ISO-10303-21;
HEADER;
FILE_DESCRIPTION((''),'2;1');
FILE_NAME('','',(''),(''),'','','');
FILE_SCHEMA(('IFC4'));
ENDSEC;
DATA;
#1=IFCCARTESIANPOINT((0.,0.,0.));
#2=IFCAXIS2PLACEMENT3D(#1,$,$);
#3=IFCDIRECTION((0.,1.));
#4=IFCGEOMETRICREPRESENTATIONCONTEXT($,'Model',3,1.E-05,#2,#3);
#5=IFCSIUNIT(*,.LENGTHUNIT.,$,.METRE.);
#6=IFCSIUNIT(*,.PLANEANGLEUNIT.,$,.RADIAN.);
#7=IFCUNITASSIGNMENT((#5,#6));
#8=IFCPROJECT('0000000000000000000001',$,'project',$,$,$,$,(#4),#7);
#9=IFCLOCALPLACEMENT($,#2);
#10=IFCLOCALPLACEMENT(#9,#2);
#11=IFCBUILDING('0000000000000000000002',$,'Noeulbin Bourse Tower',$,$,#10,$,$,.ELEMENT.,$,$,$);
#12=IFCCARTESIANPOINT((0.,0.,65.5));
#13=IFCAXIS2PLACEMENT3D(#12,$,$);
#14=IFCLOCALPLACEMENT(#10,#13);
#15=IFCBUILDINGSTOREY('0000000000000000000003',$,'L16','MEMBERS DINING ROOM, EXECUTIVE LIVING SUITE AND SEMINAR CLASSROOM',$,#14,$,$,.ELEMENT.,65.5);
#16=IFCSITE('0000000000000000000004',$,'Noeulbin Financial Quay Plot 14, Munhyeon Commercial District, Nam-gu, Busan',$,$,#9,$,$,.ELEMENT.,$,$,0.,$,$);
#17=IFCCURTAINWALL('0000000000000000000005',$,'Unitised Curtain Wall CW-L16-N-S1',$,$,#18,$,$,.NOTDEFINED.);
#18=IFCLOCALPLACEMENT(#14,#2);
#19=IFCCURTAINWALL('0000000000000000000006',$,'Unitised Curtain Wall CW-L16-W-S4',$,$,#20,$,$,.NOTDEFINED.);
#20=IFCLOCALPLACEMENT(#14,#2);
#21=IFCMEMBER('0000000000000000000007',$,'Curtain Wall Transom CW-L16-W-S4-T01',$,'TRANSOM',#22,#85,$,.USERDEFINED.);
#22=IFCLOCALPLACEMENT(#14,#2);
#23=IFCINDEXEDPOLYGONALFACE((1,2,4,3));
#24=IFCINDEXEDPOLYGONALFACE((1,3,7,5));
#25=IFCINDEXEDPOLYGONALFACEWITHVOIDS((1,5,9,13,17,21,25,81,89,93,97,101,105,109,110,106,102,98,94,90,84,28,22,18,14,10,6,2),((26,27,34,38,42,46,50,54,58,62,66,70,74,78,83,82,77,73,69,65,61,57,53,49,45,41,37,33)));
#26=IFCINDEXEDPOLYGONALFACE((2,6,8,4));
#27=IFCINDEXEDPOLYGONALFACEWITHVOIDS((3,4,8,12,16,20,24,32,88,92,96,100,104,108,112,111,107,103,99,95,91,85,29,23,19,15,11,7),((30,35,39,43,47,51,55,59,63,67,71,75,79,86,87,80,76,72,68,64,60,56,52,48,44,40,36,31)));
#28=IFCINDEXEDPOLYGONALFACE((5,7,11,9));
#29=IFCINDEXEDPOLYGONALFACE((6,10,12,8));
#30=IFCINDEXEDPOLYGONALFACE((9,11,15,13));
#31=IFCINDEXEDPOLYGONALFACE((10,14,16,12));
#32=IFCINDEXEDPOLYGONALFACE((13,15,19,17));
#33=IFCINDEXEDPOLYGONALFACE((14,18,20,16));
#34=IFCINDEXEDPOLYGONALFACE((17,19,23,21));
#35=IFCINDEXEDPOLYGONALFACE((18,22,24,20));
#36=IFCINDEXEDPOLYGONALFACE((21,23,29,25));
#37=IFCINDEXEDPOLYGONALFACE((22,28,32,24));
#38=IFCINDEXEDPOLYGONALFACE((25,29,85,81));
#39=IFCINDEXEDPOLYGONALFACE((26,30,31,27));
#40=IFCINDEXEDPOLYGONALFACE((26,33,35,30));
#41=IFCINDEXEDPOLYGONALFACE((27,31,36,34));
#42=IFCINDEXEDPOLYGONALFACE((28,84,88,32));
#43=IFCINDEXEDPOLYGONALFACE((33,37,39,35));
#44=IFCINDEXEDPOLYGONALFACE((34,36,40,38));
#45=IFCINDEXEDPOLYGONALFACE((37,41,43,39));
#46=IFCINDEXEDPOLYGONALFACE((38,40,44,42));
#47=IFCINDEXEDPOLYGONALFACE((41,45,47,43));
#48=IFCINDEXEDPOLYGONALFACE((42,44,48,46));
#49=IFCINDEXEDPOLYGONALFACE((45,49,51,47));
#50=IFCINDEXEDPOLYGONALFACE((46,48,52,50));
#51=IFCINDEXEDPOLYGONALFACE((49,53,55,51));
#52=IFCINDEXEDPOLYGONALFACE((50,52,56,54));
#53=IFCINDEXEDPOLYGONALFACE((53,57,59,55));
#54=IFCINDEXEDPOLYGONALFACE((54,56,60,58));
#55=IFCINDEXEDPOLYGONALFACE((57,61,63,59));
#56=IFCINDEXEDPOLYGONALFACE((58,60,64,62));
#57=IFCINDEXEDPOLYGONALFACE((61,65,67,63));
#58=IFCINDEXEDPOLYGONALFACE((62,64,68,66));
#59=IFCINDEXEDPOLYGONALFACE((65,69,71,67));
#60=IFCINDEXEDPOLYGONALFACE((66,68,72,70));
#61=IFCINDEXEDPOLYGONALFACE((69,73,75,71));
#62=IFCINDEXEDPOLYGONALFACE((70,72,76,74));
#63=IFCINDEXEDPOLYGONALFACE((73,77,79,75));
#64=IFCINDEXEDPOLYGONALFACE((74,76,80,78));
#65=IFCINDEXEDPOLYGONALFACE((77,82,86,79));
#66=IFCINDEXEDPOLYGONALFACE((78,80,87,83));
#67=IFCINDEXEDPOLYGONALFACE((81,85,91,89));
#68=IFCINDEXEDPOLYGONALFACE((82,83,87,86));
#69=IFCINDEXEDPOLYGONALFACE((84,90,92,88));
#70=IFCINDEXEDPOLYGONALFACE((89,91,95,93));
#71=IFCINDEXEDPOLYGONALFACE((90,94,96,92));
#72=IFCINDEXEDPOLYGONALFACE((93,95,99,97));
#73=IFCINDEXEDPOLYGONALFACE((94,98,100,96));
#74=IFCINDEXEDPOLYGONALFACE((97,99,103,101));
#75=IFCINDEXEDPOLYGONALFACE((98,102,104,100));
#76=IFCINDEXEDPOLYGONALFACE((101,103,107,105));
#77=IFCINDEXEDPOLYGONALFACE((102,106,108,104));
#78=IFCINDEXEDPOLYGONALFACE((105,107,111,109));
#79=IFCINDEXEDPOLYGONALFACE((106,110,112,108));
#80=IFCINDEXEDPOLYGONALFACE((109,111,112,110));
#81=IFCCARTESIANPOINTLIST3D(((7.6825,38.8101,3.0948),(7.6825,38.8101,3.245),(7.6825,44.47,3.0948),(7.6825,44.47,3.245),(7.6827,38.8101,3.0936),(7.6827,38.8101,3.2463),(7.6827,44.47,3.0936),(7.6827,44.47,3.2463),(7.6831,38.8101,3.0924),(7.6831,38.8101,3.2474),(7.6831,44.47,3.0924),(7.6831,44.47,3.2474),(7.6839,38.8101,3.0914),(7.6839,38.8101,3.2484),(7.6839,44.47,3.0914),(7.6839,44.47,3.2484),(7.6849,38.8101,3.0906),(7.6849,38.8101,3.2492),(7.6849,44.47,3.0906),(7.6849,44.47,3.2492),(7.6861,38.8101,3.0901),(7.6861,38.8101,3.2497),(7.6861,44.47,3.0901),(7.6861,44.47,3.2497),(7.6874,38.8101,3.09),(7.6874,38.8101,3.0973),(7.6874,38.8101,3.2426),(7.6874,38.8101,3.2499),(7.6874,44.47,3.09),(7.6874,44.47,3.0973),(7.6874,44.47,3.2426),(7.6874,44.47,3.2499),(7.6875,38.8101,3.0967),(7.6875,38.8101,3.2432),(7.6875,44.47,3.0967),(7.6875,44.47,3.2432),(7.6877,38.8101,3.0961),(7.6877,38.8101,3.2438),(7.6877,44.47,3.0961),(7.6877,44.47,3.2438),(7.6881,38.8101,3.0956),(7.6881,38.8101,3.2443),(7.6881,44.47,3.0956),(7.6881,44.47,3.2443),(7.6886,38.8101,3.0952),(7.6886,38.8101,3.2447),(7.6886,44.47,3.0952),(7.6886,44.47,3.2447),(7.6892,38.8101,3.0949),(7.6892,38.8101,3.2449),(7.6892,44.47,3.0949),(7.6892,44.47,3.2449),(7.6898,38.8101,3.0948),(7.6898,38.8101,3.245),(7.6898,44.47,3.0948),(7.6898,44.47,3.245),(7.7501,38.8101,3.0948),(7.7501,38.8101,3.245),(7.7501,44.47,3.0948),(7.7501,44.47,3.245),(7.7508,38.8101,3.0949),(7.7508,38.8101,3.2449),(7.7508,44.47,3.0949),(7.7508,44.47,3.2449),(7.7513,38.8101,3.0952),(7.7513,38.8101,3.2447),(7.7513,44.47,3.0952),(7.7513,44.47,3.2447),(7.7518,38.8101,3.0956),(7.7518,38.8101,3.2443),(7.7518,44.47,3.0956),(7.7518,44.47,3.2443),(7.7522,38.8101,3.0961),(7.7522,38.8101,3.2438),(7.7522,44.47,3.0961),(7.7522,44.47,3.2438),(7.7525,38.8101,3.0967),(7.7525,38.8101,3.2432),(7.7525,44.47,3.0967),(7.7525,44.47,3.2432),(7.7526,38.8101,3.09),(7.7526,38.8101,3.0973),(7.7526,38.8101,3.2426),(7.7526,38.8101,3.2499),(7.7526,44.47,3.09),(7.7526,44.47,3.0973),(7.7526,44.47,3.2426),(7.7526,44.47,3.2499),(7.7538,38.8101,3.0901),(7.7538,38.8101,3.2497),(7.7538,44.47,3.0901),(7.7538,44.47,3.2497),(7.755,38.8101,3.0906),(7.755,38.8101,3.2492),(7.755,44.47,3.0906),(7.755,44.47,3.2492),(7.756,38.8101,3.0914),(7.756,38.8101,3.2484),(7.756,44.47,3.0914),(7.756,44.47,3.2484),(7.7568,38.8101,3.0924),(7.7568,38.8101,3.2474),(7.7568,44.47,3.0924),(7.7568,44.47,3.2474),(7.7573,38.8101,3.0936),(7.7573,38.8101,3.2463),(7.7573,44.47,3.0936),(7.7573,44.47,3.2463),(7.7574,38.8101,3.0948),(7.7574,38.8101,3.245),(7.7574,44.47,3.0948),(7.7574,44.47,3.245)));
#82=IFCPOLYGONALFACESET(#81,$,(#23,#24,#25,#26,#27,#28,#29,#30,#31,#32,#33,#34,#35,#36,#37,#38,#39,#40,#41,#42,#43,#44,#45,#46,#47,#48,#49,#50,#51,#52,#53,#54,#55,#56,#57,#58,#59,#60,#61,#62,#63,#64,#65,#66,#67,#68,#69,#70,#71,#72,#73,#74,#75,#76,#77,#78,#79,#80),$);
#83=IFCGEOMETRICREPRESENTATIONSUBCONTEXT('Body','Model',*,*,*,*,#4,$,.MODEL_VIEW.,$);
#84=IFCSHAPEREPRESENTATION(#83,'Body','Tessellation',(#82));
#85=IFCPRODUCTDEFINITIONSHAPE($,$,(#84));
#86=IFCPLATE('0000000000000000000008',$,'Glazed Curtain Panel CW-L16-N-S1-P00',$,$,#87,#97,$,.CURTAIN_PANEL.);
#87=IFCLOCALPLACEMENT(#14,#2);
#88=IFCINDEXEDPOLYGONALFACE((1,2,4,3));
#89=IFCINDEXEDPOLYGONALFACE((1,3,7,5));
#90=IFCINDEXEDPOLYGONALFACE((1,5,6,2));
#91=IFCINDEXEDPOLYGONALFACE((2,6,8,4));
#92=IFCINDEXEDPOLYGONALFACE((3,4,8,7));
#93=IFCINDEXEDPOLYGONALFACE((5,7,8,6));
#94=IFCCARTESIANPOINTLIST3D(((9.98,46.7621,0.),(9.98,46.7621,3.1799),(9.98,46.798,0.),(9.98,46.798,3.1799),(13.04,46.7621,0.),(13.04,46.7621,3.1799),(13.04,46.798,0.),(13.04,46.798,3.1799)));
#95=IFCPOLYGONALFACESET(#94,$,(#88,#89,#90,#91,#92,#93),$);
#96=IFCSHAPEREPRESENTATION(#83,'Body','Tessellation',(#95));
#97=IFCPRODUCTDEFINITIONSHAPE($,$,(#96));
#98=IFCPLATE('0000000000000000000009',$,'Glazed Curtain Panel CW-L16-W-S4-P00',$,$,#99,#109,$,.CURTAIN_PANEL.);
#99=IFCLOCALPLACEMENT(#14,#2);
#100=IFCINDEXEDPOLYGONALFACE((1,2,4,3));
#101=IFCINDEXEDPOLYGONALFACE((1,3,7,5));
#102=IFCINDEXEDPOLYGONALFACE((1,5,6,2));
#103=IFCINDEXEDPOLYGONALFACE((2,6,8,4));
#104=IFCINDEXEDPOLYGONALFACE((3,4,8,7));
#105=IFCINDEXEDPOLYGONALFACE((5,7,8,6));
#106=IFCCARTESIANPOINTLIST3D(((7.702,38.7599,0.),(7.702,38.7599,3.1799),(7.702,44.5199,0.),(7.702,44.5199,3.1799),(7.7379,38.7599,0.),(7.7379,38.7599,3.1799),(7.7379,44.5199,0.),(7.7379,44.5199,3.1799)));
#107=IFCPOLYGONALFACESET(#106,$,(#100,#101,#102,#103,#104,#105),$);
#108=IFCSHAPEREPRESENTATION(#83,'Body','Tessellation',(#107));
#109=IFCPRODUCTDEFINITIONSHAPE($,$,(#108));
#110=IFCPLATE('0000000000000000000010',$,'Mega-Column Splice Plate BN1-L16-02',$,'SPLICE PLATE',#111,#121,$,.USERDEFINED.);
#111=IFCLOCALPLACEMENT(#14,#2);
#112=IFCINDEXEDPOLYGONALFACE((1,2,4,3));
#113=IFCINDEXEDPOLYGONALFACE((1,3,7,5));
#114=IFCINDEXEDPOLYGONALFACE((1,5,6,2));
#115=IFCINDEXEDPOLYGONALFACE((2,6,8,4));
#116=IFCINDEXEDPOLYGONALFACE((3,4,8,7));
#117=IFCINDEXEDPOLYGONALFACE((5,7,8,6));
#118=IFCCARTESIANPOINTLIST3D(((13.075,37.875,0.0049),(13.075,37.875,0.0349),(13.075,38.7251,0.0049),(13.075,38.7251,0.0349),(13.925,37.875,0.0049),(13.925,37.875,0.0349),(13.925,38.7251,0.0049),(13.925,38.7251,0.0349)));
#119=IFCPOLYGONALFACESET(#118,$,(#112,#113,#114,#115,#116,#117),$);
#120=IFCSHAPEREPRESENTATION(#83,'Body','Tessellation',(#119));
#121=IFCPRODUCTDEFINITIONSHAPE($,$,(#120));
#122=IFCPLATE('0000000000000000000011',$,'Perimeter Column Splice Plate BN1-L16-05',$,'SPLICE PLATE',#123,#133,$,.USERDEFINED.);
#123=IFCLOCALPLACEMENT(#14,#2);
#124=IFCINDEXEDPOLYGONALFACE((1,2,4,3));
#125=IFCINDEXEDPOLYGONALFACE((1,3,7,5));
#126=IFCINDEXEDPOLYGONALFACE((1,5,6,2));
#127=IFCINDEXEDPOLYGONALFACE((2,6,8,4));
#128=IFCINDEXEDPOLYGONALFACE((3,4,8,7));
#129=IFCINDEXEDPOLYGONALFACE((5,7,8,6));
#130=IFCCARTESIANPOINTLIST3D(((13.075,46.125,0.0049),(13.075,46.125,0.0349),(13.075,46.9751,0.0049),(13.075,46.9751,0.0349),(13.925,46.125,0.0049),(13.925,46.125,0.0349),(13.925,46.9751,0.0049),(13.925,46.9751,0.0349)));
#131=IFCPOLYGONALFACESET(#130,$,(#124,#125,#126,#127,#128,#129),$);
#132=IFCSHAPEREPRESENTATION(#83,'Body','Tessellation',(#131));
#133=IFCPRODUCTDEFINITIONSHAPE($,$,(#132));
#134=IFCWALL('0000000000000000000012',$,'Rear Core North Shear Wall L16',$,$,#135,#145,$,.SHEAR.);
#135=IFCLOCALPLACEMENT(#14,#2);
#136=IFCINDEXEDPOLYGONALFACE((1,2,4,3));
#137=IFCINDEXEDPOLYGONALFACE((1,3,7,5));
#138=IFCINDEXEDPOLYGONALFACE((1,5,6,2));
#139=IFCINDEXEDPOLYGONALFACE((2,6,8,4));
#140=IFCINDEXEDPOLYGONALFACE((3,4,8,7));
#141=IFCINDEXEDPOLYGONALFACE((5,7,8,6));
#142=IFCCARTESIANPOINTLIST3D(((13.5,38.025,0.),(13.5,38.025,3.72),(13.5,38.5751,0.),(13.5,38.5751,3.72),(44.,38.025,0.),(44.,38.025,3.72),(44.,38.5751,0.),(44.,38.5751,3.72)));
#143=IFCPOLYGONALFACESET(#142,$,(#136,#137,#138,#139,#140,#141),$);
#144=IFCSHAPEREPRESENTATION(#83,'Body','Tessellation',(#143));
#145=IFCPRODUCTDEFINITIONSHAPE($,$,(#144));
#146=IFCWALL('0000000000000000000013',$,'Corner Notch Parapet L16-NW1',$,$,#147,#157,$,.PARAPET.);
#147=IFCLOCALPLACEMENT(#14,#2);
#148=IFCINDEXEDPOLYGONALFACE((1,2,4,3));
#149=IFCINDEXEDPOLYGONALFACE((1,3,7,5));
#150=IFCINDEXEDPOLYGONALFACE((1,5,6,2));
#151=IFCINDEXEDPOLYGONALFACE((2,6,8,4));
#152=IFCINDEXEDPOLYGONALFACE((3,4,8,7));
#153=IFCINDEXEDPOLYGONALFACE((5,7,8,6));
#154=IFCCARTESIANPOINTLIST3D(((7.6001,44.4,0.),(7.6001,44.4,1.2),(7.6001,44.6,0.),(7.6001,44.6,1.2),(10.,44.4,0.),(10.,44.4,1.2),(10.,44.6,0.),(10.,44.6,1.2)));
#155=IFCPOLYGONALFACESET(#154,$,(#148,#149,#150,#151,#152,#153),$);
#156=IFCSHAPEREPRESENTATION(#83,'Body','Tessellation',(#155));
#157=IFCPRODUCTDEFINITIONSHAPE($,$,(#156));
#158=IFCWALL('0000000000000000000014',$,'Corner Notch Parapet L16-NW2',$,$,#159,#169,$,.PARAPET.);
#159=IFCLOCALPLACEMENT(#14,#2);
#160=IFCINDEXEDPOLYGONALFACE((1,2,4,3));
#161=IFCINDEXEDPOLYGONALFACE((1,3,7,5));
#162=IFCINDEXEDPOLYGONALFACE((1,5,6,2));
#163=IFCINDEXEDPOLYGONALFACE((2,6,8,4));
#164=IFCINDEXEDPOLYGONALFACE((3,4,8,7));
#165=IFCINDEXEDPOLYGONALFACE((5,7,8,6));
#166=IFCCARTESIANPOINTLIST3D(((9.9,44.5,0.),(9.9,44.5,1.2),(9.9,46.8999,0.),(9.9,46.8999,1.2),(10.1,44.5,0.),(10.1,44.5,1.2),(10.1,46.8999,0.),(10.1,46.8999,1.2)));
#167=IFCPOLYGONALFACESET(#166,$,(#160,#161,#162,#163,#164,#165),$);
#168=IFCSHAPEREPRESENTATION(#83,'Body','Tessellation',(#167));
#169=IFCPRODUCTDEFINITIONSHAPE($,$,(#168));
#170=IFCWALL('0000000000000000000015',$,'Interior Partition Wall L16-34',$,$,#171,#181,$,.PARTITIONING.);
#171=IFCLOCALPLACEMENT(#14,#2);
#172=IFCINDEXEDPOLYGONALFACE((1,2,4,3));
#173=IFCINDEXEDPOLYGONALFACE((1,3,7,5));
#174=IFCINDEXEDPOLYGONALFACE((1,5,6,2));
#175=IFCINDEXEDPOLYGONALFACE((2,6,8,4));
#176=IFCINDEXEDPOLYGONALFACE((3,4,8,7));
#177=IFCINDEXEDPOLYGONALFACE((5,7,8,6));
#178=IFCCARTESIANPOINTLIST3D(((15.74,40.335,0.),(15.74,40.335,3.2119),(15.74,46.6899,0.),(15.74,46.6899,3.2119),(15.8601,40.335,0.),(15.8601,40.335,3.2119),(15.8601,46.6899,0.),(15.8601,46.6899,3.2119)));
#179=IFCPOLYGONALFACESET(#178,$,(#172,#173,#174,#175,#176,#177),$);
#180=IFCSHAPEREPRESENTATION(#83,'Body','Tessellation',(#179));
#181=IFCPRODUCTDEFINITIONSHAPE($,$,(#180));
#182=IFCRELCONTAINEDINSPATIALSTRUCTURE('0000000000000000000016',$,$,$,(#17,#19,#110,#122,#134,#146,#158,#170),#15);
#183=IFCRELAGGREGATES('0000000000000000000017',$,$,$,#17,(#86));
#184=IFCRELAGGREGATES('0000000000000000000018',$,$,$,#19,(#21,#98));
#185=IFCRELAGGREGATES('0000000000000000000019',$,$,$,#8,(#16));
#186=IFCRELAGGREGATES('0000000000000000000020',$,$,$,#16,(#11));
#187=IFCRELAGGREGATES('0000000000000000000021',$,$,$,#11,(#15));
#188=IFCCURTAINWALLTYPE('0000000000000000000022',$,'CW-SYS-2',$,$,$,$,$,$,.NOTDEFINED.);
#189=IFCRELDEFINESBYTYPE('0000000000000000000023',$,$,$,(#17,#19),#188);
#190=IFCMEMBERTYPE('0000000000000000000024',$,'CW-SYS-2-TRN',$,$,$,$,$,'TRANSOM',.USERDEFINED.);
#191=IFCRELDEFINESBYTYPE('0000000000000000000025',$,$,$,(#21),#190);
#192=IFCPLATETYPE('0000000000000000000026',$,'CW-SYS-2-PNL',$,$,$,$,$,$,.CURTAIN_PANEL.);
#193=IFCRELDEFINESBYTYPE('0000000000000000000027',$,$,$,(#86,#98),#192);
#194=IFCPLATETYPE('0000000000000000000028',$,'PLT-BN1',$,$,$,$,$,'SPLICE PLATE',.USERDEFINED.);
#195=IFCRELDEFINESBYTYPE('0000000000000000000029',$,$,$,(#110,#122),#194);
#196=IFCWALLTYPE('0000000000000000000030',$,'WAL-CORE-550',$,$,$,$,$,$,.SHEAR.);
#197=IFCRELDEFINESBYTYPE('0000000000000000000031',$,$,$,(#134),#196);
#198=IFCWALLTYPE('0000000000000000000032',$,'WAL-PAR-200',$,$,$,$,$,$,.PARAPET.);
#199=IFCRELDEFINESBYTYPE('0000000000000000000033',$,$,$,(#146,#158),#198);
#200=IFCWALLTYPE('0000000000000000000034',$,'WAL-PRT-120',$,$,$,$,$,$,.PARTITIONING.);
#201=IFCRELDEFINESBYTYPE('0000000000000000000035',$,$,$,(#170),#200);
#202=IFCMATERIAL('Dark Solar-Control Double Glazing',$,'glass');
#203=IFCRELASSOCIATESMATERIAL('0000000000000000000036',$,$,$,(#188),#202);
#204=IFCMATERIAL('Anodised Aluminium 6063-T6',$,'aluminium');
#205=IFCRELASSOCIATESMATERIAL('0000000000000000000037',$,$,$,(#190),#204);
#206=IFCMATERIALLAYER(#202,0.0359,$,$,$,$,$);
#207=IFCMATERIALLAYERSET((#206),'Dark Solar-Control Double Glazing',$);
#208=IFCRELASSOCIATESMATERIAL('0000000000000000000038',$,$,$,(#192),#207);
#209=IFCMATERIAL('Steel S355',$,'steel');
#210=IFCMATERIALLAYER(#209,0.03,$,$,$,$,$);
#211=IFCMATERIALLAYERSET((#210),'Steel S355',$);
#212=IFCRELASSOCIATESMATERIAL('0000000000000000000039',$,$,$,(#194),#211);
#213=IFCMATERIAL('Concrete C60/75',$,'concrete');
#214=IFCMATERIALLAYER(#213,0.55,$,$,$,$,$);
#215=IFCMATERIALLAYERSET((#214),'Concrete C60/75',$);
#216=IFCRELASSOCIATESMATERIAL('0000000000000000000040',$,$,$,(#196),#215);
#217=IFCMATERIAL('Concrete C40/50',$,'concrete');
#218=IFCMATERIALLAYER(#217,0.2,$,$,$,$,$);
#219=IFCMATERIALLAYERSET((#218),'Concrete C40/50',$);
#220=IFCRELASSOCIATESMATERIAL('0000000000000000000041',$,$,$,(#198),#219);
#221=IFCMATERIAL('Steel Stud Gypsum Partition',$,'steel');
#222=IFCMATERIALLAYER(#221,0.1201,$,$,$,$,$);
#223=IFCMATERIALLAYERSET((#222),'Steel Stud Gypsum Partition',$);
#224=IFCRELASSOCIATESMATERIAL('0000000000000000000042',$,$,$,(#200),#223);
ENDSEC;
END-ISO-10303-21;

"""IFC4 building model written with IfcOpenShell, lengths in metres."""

from ifc_helpers import new_model, si_unit, direction, frame, frame_2d, origin, origin_2d, place, context, subcontext, project, spatial, rectangle, hollow_rectangle, extrude, material, layer, layer_set, material_profile, profile_set, type_object, element, aggregate, save


model = new_model("IFC4")

# Units and contexts
model_context = context("Model", 3, precision=1e-05, world=origin(), true_north=direction((0.0, 1.0)))
body_context = subcontext(model_context, "Body", "Model", "MODEL_VIEW")
ifc_project = project(units=[si_unit("LENGTHUNIT", "METRE"), si_unit("PLANEANGLEUNIT", "RADIAN")], contexts=[model_context])

# Site, building, storey
site_placement = place(None, origin())
site = spatial("IfcSite", under=ifc_project, at=site_placement, Name="Noeulbin Financial Quay Plot 14, Munhyeon Commercial District, Nam-gu, Busan", CompositionType="ELEMENT", RefElevation=0.0)
building_placement = place(site_placement, origin())
building = spatial("IfcBuilding", under=site, at=building_placement, Name="Noeulbin Bourse Tower", CompositionType="ELEMENT")
storey_placement = place(building_placement, frame((0.0, 0.0, 65.5)))
storey = spatial("IfcBuildingStorey", under=building, at=storey_placement, Name="L16", Description="MEMBERS DINING ROOM, EXECUTIVE LIVING SUITE AND SEMINAR CLASSROOM", CompositionType="ELEMENT", Elevation=65.5)

# Shared definitions
ifc_material_1 = material(Name="Steel S355", Category="steel")

# Curtain wall
ifc_material_2 = material(Name="Dark Solar-Control Double Glazing", Category="glass")
curtain_wall_type = type_object("IfcCurtainWallType", Name="CW-SYS-2", PredefinedType="NOTDEFINED", material=ifc_material_2)
curtain_wall_1_placement = place(storey_placement, origin())
curtain_wall_1 = element("IfcCurtainWall", 1, at=curtain_wall_1_placement, inside=storey, type_object=curtain_wall_type, Name="Unitised Curtain Wall CW-L16-N-S1", PredefinedType="NOTDEFINED")
ifc_material_3 = material(Name="Anodised Aluminium 6063-T6", Category="aluminium")

# Curtain wall
curtain_wall_2_placement = place(storey_placement, origin())
curtain_wall_2 = element("IfcCurtainWall", 2, at=curtain_wall_2_placement, inside=storey, type_object=curtain_wall_type, Name="Unitised Curtain Wall CW-L16-W-S4", PredefinedType="NOTDEFINED")

# Member
ifc_material_profile_1 = material_profile(ifc_material_3, hollow_rectangle(XDim=0.075, YDim=0.1599, WallThickness=0.0049, InnerFilletRadius=0.0024, OuterFilletRadius=0.0049, at=origin_2d()), Name="ALU-TRAN-75x160x5", Category="LoadBearing")
ifc_profile_set_1 = profile_set([ifc_material_profile_1], Name="Anodised Aluminium 6063-T6")
member_type_1 = type_object("IfcMemberType", Name="CW-SYS-2-TRN", ElementType="TRANSOM", PredefinedType="USERDEFINED", material=ifc_profile_set_1)
member_1_placement = place(storey_placement, frame((7.72, 38.8101, 3.1699), z_axis=(0.0, 1.0, 0.0), x_axis=(-1.0, 0.0, 0.0)))
member_1 = element("IfcMember", 3, at=member_1_placement, type_object=member_type_1, Name="Curtain Wall Transom CW-L16-W-S4-T01", ObjectType="TRANSOM", PredefinedType="USERDEFINED", context=body_context, shape_type="SweptSolid", body=[
    extrude(hollow_rectangle(XDim=0.075, YDim=0.1599, WallThickness=0.0049, InnerFilletRadius=0.0024, OuterFilletRadius=0.0049, at=origin_2d()), origin(), (0.0, 0.0, 1.0), 5.6599),
])

# Plates
ifc_layer_1 = layer(ifc_material_2, 0.0359)
ifc_layer_set_1 = layer_set([ifc_layer_1], Name="Dark Solar-Control Double Glazing")
plate_type_1 = type_object("IfcPlateType", Name="CW-SYS-2-PNL", PredefinedType="CURTAIN_PANEL", material=ifc_layer_set_1)
plate_1_placement = place(storey_placement, frame((11.51, 46.78, 0.0), z_axis=(0.0, 0.0, 1.0), x_axis=(1.0, 0.0, 0.0)))
plate_1 = element("IfcPlate", 4, at=plate_1_placement, type_object=plate_type_1, Name="Glazed Curtain Panel CW-L16-N-S1-P00", PredefinedType="CURTAIN_PANEL", context=body_context, shape_type="SweptSolid", body=[
    extrude(rectangle(XDim=3.0601, YDim=0.0359, at=origin_2d()), origin(), (0.0, 0.0, 1.0), 3.1799),
])
aggregate(curtain_wall_1, [plate_1])
plate_2_placement = place(storey_placement, frame((7.72, 41.6399, 0.0), z_axis=(0.0, 0.0, 1.0), x_axis=(0.0, 1.0, 0.0)))
plate_2 = element("IfcPlate", 5, at=plate_2_placement, type_object=plate_type_1, Name="Glazed Curtain Panel CW-L16-W-S4-P00", PredefinedType="CURTAIN_PANEL", context=body_context, shape_type="SweptSolid", body=[
    extrude(rectangle(XDim=5.76, YDim=0.0359, at=origin_2d()), origin(), (0.0, 0.0, 1.0), 3.1799),
])
aggregate(curtain_wall_2, [member_1, plate_2])

# Plates
ifc_layer_2 = layer(ifc_material_1, 0.03)
ifc_layer_set_2 = layer_set([ifc_layer_2], Name="Steel S355")
plate_type_2 = type_object("IfcPlateType", Name="PLT-BN1", ElementType="SPLICE PLATE", PredefinedType="USERDEFINED", material=ifc_layer_set_2)
for number, where, z_axis, x_axis, name in (
    (6, (13.5, 38.3, 0.0049), (0.0, 0.0, 1.0), (1.0, 0.0, 0.0), "Mega-Column Splice Plate BN1-L16-02"),
    (7, (13.5, 46.55, 0.0049), (0.0, 0.0, 1.0), (1.0, 0.0, 0.0), "Perimeter Column Splice Plate BN1-L16-05"),
):
    element("IfcPlate", number, at=place(storey_placement, frame(where, z_axis=z_axis, x_axis=x_axis)), inside=storey, type_object=plate_type_2, Name=name, ObjectType="SPLICE PLATE", PredefinedType="USERDEFINED", context=body_context, shape_type="SweptSolid", body=[
        extrude(rectangle(XDim=0.8501, YDim=0.8501, at=origin_2d()), origin(), (0.0, 0.0, 1.0), 0.03),
    ])

# Walls
ifc_material_4 = material(Name="Concrete C60/75", Category="concrete")
ifc_layer_3 = layer(ifc_material_4, 0.55)
ifc_layer_set_3 = layer_set([ifc_layer_3], Name="Concrete C60/75")
wall_type_1 = type_object("IfcWallType", Name="WAL-CORE-550", PredefinedType="SHEAR", material=ifc_layer_set_3)
wall_1_placement = place(storey_placement, frame((13.5, 38.3, 0.0), z_axis=(0.0, 0.0, 1.0), x_axis=(1.0, 0.0, 0.0)))
element("IfcWall", 8, at=wall_1_placement, inside=storey, type_object=wall_type_1, Name="Rear Core North Shear Wall L16", PredefinedType="SHEAR", context=body_context, shape_type="SweptSolid", body=[
    extrude(rectangle(XDim=30.5, YDim=0.55, at=frame_2d((15.25, 0.0))), origin(), (0.0, 0.0, 1.0), 3.72),
])
ifc_material_5 = material(Name="Concrete C40/50", Category="concrete")
ifc_layer_4 = layer(ifc_material_5, 0.2)
ifc_layer_set_4 = layer_set([ifc_layer_4], Name="Concrete C40/50")
wall_type_2 = type_object("IfcWallType", Name="WAL-PAR-200", PredefinedType="PARAPET", material=ifc_layer_set_4)
for number, where, z_axis, x_axis, name in (
    (9, (7.6001, 44.5, 0.0), (0.0, 0.0, 1.0), (1.0, 0.0, 0.0), "Corner Notch Parapet L16-NW1"),
    (10, (10.0, 44.5, 0.0), (0.0, 0.0, 1.0), (0.0, 1.0, 0.0), "Corner Notch Parapet L16-NW2"),
):
    element("IfcWall", number, at=place(storey_placement, frame(where, z_axis=z_axis, x_axis=x_axis)), inside=storey, type_object=wall_type_2, Name=name, PredefinedType="PARAPET", context=body_context, shape_type="SweptSolid", body=[
        extrude(rectangle(XDim=2.3999, YDim=0.2, at=frame_2d((1.2, 0.0))), origin(), (0.0, 0.0, 1.0), 1.2),
    ])
ifc_material_6 = material(Name="Steel Stud Gypsum Partition", Category="steel")
ifc_layer_5 = layer(ifc_material_6, 0.1201)
ifc_layer_set_5 = layer_set([ifc_layer_5], Name="Steel Stud Gypsum Partition")
wall_type_3 = type_object("IfcWallType", Name="WAL-PRT-120", PredefinedType="PARTITIONING", material=ifc_layer_set_5)
wall_2_placement = place(storey_placement, frame((15.8, 40.335, 0.0), z_axis=(0.0, 0.0, 1.0), x_axis=(0.0, 1.0, 0.0)))
element("IfcWall", 11, at=wall_2_placement, inside=storey, type_object=wall_type_3, Name="Interior Partition Wall L16-34", PredefinedType="PARTITIONING", context=body_context, shape_type="SweptSolid", body=[
    extrude(rectangle(XDim=6.355, YDim=0.1201, at=frame_2d((3.1775, 0.0))), origin(), (0.0, 0.0, 1.0), 3.2119),
])

save(model, "model.ifc")
